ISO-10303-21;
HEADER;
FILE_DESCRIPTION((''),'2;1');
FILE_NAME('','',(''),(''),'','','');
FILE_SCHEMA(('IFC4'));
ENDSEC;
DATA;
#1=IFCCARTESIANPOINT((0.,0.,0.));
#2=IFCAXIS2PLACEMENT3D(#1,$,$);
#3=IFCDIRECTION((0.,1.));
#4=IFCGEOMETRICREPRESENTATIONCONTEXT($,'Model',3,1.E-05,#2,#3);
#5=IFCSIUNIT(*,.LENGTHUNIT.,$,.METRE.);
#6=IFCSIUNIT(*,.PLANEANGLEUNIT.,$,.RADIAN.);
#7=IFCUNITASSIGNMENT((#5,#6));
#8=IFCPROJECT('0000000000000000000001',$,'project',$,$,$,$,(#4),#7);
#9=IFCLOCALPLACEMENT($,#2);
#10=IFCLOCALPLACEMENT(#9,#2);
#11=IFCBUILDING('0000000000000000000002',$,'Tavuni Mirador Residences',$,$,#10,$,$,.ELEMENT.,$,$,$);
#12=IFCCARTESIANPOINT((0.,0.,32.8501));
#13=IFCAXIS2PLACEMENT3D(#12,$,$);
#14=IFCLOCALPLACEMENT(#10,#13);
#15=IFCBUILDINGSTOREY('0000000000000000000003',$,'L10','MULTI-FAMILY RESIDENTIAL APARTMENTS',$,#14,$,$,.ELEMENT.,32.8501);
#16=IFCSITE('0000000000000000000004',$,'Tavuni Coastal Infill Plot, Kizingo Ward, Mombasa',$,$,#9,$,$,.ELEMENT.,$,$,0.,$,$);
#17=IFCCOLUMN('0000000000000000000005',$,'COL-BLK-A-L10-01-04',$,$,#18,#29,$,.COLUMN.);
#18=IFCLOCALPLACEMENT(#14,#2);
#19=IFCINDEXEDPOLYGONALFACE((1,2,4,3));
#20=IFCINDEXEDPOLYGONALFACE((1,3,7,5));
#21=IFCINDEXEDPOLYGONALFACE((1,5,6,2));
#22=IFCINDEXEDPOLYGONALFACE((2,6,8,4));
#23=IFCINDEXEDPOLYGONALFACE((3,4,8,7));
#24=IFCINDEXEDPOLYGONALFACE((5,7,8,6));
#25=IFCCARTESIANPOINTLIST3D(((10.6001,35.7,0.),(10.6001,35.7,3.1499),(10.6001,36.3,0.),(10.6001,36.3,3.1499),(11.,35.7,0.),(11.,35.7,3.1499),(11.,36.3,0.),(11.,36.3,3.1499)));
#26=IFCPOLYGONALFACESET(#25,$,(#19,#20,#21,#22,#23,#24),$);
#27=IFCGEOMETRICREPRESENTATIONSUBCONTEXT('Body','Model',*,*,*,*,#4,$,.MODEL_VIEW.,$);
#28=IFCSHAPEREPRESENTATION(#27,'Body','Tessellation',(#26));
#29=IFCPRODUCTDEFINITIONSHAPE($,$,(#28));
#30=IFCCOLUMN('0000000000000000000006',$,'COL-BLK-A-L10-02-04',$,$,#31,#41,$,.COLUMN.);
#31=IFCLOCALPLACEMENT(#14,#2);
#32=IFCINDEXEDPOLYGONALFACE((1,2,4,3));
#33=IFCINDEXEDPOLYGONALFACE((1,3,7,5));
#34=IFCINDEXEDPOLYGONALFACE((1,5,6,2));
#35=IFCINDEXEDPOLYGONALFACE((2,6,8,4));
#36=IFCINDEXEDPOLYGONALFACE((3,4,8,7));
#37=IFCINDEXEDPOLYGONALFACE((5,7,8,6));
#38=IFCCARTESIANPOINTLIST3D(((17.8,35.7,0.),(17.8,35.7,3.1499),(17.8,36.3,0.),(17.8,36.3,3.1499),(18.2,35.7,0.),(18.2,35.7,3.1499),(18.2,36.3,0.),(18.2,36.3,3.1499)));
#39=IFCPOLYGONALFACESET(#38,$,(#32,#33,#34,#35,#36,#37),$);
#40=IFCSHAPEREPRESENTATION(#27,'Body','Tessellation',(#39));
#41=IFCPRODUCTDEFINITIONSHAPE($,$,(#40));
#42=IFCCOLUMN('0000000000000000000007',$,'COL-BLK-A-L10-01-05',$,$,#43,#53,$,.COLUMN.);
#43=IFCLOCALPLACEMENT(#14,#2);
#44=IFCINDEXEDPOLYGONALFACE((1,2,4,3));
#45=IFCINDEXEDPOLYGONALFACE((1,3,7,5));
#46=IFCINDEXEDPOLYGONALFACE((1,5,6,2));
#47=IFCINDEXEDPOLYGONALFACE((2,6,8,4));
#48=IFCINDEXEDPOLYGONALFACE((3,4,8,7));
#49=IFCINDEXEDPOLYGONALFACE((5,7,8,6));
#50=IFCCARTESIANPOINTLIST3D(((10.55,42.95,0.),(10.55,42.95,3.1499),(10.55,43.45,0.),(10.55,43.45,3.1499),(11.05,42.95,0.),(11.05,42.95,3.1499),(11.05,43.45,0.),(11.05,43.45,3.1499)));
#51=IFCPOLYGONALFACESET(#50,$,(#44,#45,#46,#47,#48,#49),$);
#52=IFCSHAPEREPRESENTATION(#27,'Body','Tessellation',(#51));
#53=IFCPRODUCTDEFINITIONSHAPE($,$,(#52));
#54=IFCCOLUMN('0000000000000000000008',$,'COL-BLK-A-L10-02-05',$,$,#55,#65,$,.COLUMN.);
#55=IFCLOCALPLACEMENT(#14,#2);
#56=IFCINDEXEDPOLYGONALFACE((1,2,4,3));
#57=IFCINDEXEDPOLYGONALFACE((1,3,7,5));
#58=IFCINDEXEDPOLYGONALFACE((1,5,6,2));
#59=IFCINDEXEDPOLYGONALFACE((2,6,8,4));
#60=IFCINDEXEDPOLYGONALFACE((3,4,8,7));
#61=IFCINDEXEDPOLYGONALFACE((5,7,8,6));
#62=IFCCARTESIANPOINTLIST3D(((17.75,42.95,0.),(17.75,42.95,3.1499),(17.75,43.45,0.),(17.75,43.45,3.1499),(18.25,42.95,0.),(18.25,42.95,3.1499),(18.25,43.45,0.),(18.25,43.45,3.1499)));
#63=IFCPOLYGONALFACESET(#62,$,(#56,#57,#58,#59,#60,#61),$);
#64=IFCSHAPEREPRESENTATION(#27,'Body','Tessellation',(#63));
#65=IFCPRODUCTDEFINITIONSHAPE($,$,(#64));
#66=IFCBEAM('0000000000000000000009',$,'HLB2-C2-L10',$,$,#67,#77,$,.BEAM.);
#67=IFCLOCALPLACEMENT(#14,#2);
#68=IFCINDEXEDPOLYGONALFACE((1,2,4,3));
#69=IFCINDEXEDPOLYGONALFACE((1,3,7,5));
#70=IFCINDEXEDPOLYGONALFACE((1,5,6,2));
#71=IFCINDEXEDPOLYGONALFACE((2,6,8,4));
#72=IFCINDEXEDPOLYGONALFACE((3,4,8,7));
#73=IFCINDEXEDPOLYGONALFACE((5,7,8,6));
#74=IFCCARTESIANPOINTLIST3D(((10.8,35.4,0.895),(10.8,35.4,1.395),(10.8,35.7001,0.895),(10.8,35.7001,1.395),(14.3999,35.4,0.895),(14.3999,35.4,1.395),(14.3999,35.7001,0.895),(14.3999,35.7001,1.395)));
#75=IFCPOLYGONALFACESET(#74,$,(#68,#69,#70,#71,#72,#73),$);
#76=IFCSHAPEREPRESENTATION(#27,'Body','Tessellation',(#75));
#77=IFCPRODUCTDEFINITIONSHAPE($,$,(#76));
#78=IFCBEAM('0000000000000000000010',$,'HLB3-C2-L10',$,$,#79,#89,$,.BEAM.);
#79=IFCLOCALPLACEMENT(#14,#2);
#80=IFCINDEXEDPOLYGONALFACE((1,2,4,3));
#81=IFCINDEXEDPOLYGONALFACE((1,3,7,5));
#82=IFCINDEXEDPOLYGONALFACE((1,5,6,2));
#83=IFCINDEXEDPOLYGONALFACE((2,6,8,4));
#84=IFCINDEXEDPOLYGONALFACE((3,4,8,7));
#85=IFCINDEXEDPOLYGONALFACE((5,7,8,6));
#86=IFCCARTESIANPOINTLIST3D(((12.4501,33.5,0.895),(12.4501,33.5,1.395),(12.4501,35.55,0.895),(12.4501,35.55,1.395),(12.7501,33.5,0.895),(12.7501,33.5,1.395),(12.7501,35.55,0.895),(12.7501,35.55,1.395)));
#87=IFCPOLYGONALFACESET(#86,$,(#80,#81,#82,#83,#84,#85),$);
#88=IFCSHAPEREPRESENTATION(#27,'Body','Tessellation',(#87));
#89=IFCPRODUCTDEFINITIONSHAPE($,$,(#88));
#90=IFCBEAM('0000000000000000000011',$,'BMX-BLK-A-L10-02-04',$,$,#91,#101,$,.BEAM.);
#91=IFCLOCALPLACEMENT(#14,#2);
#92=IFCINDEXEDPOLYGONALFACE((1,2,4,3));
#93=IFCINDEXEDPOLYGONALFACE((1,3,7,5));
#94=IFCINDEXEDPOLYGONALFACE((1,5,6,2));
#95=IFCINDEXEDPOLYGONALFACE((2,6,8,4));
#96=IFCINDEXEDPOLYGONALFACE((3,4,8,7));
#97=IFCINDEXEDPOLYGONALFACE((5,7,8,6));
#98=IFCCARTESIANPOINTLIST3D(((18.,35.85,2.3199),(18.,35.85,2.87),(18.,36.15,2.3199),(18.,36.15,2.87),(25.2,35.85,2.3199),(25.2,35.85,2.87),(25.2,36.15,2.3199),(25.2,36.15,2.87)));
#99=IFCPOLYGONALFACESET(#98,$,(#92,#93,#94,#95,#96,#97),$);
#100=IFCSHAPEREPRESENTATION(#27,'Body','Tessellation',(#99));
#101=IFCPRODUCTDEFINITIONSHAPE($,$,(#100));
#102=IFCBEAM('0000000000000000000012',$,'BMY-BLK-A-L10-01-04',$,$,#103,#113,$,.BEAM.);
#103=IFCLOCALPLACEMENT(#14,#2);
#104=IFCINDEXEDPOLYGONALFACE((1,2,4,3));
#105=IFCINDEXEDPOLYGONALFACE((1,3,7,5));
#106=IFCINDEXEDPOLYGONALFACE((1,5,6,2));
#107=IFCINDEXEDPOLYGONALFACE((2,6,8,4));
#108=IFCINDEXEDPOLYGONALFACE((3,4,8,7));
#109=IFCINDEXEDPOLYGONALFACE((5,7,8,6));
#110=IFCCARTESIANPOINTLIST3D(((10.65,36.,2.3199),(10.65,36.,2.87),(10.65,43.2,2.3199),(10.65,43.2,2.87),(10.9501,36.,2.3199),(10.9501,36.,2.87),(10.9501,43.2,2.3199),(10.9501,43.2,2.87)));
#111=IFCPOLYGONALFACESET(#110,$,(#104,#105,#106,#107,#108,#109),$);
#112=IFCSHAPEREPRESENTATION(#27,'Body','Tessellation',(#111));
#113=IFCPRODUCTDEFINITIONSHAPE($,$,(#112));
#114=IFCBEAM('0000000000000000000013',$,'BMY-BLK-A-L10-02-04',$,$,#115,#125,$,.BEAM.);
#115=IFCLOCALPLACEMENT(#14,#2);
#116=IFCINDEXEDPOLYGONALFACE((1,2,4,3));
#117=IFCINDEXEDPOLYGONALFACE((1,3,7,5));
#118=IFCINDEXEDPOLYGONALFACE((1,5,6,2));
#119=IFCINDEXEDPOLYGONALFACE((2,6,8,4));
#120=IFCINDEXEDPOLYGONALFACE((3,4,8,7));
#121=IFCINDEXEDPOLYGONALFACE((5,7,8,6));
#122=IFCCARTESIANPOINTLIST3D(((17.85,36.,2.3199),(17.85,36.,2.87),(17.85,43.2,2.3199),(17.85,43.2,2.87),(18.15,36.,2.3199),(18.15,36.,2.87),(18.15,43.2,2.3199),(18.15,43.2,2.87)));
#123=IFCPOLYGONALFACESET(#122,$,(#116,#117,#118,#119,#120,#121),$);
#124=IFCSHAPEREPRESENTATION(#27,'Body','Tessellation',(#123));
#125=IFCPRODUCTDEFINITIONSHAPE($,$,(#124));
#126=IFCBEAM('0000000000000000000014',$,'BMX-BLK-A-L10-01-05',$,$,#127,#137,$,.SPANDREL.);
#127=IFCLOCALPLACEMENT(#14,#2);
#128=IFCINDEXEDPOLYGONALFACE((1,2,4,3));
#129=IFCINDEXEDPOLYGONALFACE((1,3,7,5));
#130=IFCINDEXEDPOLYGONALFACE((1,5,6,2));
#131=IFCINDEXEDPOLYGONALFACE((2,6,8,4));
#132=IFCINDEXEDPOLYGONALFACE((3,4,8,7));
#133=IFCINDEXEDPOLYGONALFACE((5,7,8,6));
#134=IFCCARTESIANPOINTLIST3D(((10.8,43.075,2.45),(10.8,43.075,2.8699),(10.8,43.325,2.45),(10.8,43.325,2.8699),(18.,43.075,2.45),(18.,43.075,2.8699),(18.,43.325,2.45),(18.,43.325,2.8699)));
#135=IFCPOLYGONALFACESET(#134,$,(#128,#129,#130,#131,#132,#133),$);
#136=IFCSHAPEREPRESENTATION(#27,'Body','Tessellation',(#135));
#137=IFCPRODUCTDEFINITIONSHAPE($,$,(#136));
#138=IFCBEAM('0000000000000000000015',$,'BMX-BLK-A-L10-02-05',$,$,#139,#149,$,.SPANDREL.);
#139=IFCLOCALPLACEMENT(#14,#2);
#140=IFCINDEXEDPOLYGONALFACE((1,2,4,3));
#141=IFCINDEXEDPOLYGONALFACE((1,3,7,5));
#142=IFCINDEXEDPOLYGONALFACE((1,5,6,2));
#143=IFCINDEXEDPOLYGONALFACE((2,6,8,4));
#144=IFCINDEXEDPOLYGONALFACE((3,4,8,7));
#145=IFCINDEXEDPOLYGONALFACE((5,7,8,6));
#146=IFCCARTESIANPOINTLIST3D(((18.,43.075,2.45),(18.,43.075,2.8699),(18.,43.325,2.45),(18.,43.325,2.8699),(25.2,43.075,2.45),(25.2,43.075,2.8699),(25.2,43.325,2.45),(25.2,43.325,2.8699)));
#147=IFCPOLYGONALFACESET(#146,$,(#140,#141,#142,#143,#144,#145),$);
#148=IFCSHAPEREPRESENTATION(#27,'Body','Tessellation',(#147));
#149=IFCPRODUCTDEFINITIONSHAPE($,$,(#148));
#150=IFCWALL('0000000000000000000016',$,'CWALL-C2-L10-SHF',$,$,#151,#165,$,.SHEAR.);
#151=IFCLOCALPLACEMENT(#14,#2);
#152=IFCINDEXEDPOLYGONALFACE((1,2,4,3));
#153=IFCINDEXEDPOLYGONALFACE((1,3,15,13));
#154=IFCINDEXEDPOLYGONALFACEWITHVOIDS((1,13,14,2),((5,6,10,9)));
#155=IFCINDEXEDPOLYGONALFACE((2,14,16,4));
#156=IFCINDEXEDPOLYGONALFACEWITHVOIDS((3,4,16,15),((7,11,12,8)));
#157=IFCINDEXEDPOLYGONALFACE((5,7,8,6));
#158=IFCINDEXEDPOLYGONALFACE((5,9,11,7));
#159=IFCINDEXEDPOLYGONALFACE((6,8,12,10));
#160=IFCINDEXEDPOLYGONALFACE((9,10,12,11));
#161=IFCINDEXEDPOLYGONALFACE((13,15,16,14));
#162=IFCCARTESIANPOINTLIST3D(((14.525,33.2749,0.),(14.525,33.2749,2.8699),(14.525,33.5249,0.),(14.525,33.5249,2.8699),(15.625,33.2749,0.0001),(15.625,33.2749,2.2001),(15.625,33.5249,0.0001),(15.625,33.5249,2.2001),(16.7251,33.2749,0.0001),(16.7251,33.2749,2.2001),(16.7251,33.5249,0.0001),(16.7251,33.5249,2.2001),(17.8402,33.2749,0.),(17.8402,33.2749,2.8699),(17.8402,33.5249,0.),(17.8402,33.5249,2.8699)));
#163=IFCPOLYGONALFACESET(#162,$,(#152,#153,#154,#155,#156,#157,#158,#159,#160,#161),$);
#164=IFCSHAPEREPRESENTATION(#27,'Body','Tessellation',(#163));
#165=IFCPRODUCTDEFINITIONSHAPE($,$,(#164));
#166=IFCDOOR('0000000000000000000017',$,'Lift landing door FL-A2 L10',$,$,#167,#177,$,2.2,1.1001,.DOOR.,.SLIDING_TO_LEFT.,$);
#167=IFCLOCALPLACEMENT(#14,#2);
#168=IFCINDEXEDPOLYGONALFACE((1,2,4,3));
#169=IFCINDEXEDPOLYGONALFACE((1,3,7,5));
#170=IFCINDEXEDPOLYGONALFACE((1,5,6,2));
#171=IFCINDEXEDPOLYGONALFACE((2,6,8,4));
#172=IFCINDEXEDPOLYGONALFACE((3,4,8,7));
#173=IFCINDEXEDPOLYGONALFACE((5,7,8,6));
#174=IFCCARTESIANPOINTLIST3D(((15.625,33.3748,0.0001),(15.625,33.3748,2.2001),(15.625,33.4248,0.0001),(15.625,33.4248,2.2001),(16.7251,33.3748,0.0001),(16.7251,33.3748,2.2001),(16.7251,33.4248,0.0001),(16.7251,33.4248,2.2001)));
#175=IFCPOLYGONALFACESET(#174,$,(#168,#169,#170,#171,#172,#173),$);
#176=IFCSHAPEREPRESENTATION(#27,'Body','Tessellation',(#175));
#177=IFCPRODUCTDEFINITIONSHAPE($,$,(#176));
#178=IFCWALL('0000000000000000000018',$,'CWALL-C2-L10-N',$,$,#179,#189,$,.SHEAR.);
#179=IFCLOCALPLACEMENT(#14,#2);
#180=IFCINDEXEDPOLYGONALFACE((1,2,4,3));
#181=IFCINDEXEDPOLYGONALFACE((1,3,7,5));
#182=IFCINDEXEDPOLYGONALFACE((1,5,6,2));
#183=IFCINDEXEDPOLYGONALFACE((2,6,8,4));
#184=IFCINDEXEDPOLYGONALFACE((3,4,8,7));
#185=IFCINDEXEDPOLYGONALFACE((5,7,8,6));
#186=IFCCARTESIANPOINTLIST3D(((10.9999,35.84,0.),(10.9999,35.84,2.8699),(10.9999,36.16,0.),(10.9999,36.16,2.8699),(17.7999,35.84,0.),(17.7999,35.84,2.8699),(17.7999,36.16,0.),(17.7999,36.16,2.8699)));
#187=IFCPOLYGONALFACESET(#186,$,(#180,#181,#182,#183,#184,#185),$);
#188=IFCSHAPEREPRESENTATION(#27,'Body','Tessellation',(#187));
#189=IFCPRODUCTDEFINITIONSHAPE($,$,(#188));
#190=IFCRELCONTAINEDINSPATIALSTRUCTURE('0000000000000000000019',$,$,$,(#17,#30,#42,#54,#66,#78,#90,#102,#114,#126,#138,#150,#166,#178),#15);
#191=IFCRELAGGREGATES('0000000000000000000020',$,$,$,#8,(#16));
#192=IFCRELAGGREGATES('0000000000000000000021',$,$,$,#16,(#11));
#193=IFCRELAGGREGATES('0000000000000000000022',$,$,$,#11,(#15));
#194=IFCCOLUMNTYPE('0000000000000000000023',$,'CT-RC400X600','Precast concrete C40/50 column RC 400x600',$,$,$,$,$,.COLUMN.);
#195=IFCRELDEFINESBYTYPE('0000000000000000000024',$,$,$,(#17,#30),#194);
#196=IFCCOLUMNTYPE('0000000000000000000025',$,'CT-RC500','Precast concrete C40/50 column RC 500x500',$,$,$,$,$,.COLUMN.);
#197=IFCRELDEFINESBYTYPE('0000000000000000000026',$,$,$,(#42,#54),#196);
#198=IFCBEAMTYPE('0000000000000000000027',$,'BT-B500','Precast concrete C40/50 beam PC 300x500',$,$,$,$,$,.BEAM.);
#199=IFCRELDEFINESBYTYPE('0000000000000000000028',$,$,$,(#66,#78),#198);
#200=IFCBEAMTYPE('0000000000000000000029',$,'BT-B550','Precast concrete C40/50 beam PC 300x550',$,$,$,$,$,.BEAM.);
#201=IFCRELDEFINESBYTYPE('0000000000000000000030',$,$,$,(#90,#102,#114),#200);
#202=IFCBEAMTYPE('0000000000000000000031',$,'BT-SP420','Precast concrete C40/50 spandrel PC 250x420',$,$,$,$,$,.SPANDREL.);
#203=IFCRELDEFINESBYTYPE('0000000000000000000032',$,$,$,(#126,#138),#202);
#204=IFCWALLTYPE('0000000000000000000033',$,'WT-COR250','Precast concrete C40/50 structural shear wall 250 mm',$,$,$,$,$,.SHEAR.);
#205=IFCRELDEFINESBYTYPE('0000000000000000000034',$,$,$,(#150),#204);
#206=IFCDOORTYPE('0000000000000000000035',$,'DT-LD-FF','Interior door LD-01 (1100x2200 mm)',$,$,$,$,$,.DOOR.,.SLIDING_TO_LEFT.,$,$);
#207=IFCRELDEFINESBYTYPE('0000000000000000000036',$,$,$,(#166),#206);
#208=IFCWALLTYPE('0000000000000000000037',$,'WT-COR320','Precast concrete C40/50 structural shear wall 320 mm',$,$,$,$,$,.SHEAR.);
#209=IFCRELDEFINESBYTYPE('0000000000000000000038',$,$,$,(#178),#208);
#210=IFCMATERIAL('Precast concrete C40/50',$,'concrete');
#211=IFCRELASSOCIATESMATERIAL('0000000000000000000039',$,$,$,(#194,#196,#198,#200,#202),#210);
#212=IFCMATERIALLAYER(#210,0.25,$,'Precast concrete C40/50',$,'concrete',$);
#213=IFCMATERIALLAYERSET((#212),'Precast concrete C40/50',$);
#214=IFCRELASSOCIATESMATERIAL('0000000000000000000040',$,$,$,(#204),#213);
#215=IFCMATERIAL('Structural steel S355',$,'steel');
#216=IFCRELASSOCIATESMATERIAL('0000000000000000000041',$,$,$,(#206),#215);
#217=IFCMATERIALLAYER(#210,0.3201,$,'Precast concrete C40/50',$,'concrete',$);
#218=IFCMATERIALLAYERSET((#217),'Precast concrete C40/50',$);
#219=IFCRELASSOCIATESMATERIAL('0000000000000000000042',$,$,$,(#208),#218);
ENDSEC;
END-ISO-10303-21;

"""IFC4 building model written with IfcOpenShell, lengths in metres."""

from ifc_helpers import new_model, si_unit, direction, frame, frame_2d, origin, origin_2d, place, context, subcontext, project, spatial, rectangle, extrude, material, layer, layer_set, material_profile, profile_set, type_object, element, fill, save


model = new_model("IFC4")

# Units and contexts
model_context = context("Model", 3, precision=1e-05, world=origin(), true_north=direction((0.0, 1.0)))
body_context = subcontext(model_context, "Body", "Model", "MODEL_VIEW")
ifc_project = project(units=[si_unit("LENGTHUNIT", "METRE"), si_unit("PLANEANGLEUNIT", "RADIAN")], contexts=[model_context])

# Site, building, storey
site_placement = place(None, origin())
site = spatial("IfcSite", under=ifc_project, at=site_placement, Name="Tavuni Coastal Infill Plot, Kizingo Ward, Mombasa", CompositionType="ELEMENT", RefElevation=0.0)
building_placement = place(site_placement, origin())
building = spatial("IfcBuilding", under=site, at=building_placement, Name="Tavuni Mirador Residences", CompositionType="ELEMENT")
storey_placement = place(building_placement, frame((0.0, 0.0, 32.8501)))
storey = spatial("IfcBuildingStorey", under=building, at=storey_placement, Name="L10", Description="MULTI-FAMILY RESIDENTIAL APARTMENTS", CompositionType="ELEMENT", Elevation=32.8501)

# Columns
ifc_material_1 = material(Name="Precast concrete C40/50", Category="concrete")
ifc_material_profile_1 = material_profile(ifc_material_1, rectangle(XDim=0.3999, YDim=0.6001, at=origin_2d()), Name="RC 400x600", Category="concrete")
ifc_profile_set_1 = profile_set([ifc_material_profile_1], Name="Precast concrete C40/50")
column_type_1 = type_object("IfcColumnType", Name="CT-RC400X600", Description="Precast concrete C40/50 column RC 400x600", PredefinedType="COLUMN", material=ifc_profile_set_1)
for number, where, z_axis, x_axis, name in (
    (1, (10.8, 36.0, 0.0), (0.0, 0.0, 1.0), (1.0, 0.0, 0.0), "COL-BLK-A-L10-01-04"),
    (2, (18.0, 36.0, 0.0), (0.0, 0.0, 1.0), (1.0, 0.0, 0.0), "COL-BLK-A-L10-02-04"),
):
    element("IfcColumn", number, at=place(storey_placement, frame(where, z_axis=z_axis, x_axis=x_axis)), inside=storey, type_object=column_type_1, Name=name, PredefinedType="COLUMN", context=body_context, shape_type="SweptSolid", body=[
        extrude(rectangle(XDim=0.3999, YDim=0.6001, at=origin_2d()), origin(), (0.0, 0.0, 1.0), 3.1499),
    ])
ifc_material_profile_2 = material_profile(ifc_material_1, rectangle(XDim=0.5, YDim=0.5, at=origin_2d()), Name="RC 500x500", Category="concrete")
ifc_profile_set_2 = profile_set([ifc_material_profile_2], Name="Precast concrete C40/50")
column_type_2 = type_object("IfcColumnType", Name="CT-RC500", Description="Precast concrete C40/50 column RC 500x500", PredefinedType="COLUMN", material=ifc_profile_set_2)
for number, where, z_axis, x_axis, name in (
    (3, (10.8, 43.2, 0.0), (0.0, 0.0, 1.0), (1.0, 0.0, 0.0), "COL-BLK-A-L10-01-05"),
    (4, (18.0, 43.2, 0.0), (0.0, 0.0, 1.0), (1.0, 0.0, 0.0), "COL-BLK-A-L10-02-05"),
):
    element("IfcColumn", number, at=place(storey_placement, frame(where, z_axis=z_axis, x_axis=x_axis)), inside=storey, type_object=column_type_2, Name=name, PredefinedType="COLUMN", context=body_context, shape_type="SweptSolid", body=[
        extrude(rectangle(XDim=0.5, YDim=0.5, at=origin_2d()), origin(), (0.0, 0.0, 1.0), 3.1499),
    ])

# Beams
ifc_material_profile_3 = material_profile(ifc_material_1, rectangle(XDim=0.3, YDim=0.5, at=origin_2d()), Name="PC 300x500", Category="concrete")
ifc_profile_set_3 = profile_set([ifc_material_profile_3], Name="Precast concrete C40/50")
beam_type_1 = type_object("IfcBeamType", Name="BT-B500", Description="Precast concrete C40/50 beam PC 300x500", PredefinedType="BEAM", material=ifc_profile_set_3)
beam_1_placement = place(storey_placement, frame((10.8, 35.55, 1.145), z_axis=(1.0, 0.0, 0.0), x_axis=(0.0, 1.0, 0.0)))
element("IfcBeam", 5, at=beam_1_placement, inside=storey, type_object=beam_type_1, Name="HLB2-C2-L10", PredefinedType="BEAM", context=body_context, shape_type="SweptSolid", body=[
    extrude(rectangle(XDim=0.3, YDim=0.5, at=origin_2d()), origin(), (0.0, 0.0, 1.0), 3.5999),
])
beam_2_placement = place(storey_placement, frame((12.6001, 33.5, 1.145), z_axis=(0.0, 1.0, 0.0), x_axis=(-1.0, 0.0, 0.0)))
element("IfcBeam", 6, at=beam_2_placement, inside=storey, type_object=beam_type_1, Name="HLB3-C2-L10", PredefinedType="BEAM", context=body_context, shape_type="SweptSolid", body=[
    extrude(rectangle(XDim=0.3, YDim=0.5, at=origin_2d()), origin(), (0.0, 0.0, 1.0), 2.05),
])
ifc_material_profile_4 = material_profile(ifc_material_1, rectangle(XDim=0.3, YDim=0.55, at=origin_2d()), Name="PC 300x550", Category="concrete")
ifc_profile_set_4 = profile_set([ifc_material_profile_4], Name="Precast concrete C40/50")
beam_type_2 = type_object("IfcBeamType", Name="BT-B550", Description="Precast concrete C40/50 beam PC 300x550", PredefinedType="BEAM", material=ifc_profile_set_4)
for number, where, z_axis, x_axis, name in (
    (7, (18.0, 36.0, 2.595), (1.0, 0.0, 0.0), (0.0, 1.0, 0.0), "BMX-BLK-A-L10-02-04"),
    (8, (10.8, 36.0, 2.595), (0.0, 1.0, 0.0), (-1.0, 0.0, 0.0), "BMY-BLK-A-L10-01-04"),
    (9, (18.0, 36.0, 2.595), (0.0, 1.0, 0.0), (-1.0, 0.0, 0.0), "BMY-BLK-A-L10-02-04"),
):
    element("IfcBeam", number, at=place(storey_placement, frame(where, z_axis=z_axis, x_axis=x_axis)), inside=storey, type_object=beam_type_2, Name=name, PredefinedType="BEAM", context=body_context, shape_type="SweptSolid", body=[
        extrude(rectangle(XDim=0.3, YDim=0.55, at=origin_2d()), origin(), (0.0, 0.0, 1.0), 7.2),
    ])
ifc_material_profile_5 = material_profile(ifc_material_1, rectangle(XDim=0.25, YDim=0.4199, at=origin_2d()), Name="PC 250x420", Category="concrete")
ifc_profile_set_5 = profile_set([ifc_material_profile_5], Name="Precast concrete C40/50")
beam_type_3 = type_object("IfcBeamType", Name="BT-SP420", Description="Precast concrete C40/50 spandrel PC 250x420", PredefinedType="SPANDREL", material=ifc_profile_set_5)
for number, where, z_axis, x_axis, name in (
    (10, (10.8, 43.2, 2.6599), (1.0, 0.0, 0.0), (0.0, 1.0, 0.0), "BMX-BLK-A-L10-01-05"),
    (11, (18.0, 43.2, 2.6599), (1.0, 0.0, 0.0), (0.0, 1.0, 0.0), "BMX-BLK-A-L10-02-05"),
):
    element("IfcBeam", number, at=place(storey_placement, frame(where, z_axis=z_axis, x_axis=x_axis)), inside=storey, type_object=beam_type_3, Name=name, PredefinedType="SPANDREL", context=body_context, shape_type="SweptSolid", body=[
        extrude(rectangle(XDim=0.25, YDim=0.4199, at=origin_2d()), origin(), (0.0, 0.0, 1.0), 7.2),
    ])

# Wall, opening, door
ifc_layer_1 = layer(ifc_material_1, 0.25, Name="Precast concrete C40/50", Category="concrete")
ifc_layer_set_1 = layer_set([ifc_layer_1], Name="Precast concrete C40/50")
wall_type_1 = type_object("IfcWallType", Name="WT-COR250", Description="Precast concrete C40/50 structural shear wall 250 mm", PredefinedType="SHEAR", material=ifc_layer_set_1)
wall_1_placement = place(storey_placement, frame((14.5249, 33.3999, 0.0), z_axis=(0.0, 0.0, 1.0), x_axis=(1.0, 0.0, 0.0)))
wall_1 = element("IfcWall", 12, at=wall_1_placement, inside=storey, type_object=wall_type_1, Name="CWALL-C2-L10-SHF", PredefinedType="SHEAR", context=body_context, shape_type="SweptSolid", body=[
    extrude(rectangle(XDim=3.3152, YDim=0.25, at=frame_2d((1.6577, 0.0))), origin(), (0.0, 0.0, 1.0), 2.8699),
])
opening_1_placement = place(wall_1_placement, frame((1.1001, 0.0, 0.0)))
opening_1 = element("IfcOpeningElement", 13, at=opening_1_placement, cuts=wall_1, PredefinedType="OPENING", context=body_context, shape_type="SweptSolid", body=[
    extrude(rectangle(XDim=1.1001, YDim=2.2, at=frame_2d((0.55, 1.1001))), frame((0.0, 0.135, 0.0), z_axis=(0.0, -1.0, 0.0), x_axis=(1.0, 0.0, 0.0)), (0.0, 0.0, 1.0), 0.27),
])
ifc_material_2 = material(Name="Structural steel S355", Category="steel")
door_type_1 = type_object("IfcDoorType", Name="DT-LD-FF", Description="Interior door LD-01 (1100x2200 mm)", OperationType="SLIDING_TO_LEFT", PredefinedType="DOOR", material=ifc_material_2)
door_1_placement = place(opening_1_placement, origin())
door_1 = element("IfcDoor", 14, at=door_1_placement, inside=storey, type_object=door_type_1, Name="Lift landing door FL-A2 L10", OperationType="SLIDING_TO_LEFT", OverallHeight=2.2, OverallWidth=1.1001, PredefinedType="DOOR", context=body_context, shape_type="SweptSolid", body=[
    extrude(rectangle(XDim=1.1001, YDim=2.2, at=frame_2d((0.55, 1.1001))), frame((0.0, 0.0249, 0.0), z_axis=(0.0, -1.0, 0.0), x_axis=(1.0, 0.0, 0.0)), (0.0, 0.0, 1.0), 0.05),
])
fill(opening_1, door_1)

# Wall
ifc_layer_2 = layer(ifc_material_1, 0.3201, Name="Precast concrete C40/50", Category="concrete")
ifc_layer_set_2 = layer_set([ifc_layer_2], Name="Precast concrete C40/50")
wall_type_2 = type_object("IfcWallType", Name="WT-COR320", Description="Precast concrete C40/50 structural shear wall 320 mm", PredefinedType="SHEAR", material=ifc_layer_set_2)
wall_2_placement = place(storey_placement, frame((11.0, 36.0, 0.0), z_axis=(0.0, 0.0, 1.0), x_axis=(1.0, 0.0, 0.0)))
element("IfcWall", 15, at=wall_2_placement, inside=storey, type_object=wall_type_2, Name="CWALL-C2-L10-N", PredefinedType="SHEAR", context=body_context, shape_type="SweptSolid", body=[
    extrude(rectangle(XDim=6.8, YDim=0.3201, at=frame_2d((3.3999, 0.0))), origin(), (0.0, 0.0, 1.0), 2.8699),
])

save(model, "model.ifc")
